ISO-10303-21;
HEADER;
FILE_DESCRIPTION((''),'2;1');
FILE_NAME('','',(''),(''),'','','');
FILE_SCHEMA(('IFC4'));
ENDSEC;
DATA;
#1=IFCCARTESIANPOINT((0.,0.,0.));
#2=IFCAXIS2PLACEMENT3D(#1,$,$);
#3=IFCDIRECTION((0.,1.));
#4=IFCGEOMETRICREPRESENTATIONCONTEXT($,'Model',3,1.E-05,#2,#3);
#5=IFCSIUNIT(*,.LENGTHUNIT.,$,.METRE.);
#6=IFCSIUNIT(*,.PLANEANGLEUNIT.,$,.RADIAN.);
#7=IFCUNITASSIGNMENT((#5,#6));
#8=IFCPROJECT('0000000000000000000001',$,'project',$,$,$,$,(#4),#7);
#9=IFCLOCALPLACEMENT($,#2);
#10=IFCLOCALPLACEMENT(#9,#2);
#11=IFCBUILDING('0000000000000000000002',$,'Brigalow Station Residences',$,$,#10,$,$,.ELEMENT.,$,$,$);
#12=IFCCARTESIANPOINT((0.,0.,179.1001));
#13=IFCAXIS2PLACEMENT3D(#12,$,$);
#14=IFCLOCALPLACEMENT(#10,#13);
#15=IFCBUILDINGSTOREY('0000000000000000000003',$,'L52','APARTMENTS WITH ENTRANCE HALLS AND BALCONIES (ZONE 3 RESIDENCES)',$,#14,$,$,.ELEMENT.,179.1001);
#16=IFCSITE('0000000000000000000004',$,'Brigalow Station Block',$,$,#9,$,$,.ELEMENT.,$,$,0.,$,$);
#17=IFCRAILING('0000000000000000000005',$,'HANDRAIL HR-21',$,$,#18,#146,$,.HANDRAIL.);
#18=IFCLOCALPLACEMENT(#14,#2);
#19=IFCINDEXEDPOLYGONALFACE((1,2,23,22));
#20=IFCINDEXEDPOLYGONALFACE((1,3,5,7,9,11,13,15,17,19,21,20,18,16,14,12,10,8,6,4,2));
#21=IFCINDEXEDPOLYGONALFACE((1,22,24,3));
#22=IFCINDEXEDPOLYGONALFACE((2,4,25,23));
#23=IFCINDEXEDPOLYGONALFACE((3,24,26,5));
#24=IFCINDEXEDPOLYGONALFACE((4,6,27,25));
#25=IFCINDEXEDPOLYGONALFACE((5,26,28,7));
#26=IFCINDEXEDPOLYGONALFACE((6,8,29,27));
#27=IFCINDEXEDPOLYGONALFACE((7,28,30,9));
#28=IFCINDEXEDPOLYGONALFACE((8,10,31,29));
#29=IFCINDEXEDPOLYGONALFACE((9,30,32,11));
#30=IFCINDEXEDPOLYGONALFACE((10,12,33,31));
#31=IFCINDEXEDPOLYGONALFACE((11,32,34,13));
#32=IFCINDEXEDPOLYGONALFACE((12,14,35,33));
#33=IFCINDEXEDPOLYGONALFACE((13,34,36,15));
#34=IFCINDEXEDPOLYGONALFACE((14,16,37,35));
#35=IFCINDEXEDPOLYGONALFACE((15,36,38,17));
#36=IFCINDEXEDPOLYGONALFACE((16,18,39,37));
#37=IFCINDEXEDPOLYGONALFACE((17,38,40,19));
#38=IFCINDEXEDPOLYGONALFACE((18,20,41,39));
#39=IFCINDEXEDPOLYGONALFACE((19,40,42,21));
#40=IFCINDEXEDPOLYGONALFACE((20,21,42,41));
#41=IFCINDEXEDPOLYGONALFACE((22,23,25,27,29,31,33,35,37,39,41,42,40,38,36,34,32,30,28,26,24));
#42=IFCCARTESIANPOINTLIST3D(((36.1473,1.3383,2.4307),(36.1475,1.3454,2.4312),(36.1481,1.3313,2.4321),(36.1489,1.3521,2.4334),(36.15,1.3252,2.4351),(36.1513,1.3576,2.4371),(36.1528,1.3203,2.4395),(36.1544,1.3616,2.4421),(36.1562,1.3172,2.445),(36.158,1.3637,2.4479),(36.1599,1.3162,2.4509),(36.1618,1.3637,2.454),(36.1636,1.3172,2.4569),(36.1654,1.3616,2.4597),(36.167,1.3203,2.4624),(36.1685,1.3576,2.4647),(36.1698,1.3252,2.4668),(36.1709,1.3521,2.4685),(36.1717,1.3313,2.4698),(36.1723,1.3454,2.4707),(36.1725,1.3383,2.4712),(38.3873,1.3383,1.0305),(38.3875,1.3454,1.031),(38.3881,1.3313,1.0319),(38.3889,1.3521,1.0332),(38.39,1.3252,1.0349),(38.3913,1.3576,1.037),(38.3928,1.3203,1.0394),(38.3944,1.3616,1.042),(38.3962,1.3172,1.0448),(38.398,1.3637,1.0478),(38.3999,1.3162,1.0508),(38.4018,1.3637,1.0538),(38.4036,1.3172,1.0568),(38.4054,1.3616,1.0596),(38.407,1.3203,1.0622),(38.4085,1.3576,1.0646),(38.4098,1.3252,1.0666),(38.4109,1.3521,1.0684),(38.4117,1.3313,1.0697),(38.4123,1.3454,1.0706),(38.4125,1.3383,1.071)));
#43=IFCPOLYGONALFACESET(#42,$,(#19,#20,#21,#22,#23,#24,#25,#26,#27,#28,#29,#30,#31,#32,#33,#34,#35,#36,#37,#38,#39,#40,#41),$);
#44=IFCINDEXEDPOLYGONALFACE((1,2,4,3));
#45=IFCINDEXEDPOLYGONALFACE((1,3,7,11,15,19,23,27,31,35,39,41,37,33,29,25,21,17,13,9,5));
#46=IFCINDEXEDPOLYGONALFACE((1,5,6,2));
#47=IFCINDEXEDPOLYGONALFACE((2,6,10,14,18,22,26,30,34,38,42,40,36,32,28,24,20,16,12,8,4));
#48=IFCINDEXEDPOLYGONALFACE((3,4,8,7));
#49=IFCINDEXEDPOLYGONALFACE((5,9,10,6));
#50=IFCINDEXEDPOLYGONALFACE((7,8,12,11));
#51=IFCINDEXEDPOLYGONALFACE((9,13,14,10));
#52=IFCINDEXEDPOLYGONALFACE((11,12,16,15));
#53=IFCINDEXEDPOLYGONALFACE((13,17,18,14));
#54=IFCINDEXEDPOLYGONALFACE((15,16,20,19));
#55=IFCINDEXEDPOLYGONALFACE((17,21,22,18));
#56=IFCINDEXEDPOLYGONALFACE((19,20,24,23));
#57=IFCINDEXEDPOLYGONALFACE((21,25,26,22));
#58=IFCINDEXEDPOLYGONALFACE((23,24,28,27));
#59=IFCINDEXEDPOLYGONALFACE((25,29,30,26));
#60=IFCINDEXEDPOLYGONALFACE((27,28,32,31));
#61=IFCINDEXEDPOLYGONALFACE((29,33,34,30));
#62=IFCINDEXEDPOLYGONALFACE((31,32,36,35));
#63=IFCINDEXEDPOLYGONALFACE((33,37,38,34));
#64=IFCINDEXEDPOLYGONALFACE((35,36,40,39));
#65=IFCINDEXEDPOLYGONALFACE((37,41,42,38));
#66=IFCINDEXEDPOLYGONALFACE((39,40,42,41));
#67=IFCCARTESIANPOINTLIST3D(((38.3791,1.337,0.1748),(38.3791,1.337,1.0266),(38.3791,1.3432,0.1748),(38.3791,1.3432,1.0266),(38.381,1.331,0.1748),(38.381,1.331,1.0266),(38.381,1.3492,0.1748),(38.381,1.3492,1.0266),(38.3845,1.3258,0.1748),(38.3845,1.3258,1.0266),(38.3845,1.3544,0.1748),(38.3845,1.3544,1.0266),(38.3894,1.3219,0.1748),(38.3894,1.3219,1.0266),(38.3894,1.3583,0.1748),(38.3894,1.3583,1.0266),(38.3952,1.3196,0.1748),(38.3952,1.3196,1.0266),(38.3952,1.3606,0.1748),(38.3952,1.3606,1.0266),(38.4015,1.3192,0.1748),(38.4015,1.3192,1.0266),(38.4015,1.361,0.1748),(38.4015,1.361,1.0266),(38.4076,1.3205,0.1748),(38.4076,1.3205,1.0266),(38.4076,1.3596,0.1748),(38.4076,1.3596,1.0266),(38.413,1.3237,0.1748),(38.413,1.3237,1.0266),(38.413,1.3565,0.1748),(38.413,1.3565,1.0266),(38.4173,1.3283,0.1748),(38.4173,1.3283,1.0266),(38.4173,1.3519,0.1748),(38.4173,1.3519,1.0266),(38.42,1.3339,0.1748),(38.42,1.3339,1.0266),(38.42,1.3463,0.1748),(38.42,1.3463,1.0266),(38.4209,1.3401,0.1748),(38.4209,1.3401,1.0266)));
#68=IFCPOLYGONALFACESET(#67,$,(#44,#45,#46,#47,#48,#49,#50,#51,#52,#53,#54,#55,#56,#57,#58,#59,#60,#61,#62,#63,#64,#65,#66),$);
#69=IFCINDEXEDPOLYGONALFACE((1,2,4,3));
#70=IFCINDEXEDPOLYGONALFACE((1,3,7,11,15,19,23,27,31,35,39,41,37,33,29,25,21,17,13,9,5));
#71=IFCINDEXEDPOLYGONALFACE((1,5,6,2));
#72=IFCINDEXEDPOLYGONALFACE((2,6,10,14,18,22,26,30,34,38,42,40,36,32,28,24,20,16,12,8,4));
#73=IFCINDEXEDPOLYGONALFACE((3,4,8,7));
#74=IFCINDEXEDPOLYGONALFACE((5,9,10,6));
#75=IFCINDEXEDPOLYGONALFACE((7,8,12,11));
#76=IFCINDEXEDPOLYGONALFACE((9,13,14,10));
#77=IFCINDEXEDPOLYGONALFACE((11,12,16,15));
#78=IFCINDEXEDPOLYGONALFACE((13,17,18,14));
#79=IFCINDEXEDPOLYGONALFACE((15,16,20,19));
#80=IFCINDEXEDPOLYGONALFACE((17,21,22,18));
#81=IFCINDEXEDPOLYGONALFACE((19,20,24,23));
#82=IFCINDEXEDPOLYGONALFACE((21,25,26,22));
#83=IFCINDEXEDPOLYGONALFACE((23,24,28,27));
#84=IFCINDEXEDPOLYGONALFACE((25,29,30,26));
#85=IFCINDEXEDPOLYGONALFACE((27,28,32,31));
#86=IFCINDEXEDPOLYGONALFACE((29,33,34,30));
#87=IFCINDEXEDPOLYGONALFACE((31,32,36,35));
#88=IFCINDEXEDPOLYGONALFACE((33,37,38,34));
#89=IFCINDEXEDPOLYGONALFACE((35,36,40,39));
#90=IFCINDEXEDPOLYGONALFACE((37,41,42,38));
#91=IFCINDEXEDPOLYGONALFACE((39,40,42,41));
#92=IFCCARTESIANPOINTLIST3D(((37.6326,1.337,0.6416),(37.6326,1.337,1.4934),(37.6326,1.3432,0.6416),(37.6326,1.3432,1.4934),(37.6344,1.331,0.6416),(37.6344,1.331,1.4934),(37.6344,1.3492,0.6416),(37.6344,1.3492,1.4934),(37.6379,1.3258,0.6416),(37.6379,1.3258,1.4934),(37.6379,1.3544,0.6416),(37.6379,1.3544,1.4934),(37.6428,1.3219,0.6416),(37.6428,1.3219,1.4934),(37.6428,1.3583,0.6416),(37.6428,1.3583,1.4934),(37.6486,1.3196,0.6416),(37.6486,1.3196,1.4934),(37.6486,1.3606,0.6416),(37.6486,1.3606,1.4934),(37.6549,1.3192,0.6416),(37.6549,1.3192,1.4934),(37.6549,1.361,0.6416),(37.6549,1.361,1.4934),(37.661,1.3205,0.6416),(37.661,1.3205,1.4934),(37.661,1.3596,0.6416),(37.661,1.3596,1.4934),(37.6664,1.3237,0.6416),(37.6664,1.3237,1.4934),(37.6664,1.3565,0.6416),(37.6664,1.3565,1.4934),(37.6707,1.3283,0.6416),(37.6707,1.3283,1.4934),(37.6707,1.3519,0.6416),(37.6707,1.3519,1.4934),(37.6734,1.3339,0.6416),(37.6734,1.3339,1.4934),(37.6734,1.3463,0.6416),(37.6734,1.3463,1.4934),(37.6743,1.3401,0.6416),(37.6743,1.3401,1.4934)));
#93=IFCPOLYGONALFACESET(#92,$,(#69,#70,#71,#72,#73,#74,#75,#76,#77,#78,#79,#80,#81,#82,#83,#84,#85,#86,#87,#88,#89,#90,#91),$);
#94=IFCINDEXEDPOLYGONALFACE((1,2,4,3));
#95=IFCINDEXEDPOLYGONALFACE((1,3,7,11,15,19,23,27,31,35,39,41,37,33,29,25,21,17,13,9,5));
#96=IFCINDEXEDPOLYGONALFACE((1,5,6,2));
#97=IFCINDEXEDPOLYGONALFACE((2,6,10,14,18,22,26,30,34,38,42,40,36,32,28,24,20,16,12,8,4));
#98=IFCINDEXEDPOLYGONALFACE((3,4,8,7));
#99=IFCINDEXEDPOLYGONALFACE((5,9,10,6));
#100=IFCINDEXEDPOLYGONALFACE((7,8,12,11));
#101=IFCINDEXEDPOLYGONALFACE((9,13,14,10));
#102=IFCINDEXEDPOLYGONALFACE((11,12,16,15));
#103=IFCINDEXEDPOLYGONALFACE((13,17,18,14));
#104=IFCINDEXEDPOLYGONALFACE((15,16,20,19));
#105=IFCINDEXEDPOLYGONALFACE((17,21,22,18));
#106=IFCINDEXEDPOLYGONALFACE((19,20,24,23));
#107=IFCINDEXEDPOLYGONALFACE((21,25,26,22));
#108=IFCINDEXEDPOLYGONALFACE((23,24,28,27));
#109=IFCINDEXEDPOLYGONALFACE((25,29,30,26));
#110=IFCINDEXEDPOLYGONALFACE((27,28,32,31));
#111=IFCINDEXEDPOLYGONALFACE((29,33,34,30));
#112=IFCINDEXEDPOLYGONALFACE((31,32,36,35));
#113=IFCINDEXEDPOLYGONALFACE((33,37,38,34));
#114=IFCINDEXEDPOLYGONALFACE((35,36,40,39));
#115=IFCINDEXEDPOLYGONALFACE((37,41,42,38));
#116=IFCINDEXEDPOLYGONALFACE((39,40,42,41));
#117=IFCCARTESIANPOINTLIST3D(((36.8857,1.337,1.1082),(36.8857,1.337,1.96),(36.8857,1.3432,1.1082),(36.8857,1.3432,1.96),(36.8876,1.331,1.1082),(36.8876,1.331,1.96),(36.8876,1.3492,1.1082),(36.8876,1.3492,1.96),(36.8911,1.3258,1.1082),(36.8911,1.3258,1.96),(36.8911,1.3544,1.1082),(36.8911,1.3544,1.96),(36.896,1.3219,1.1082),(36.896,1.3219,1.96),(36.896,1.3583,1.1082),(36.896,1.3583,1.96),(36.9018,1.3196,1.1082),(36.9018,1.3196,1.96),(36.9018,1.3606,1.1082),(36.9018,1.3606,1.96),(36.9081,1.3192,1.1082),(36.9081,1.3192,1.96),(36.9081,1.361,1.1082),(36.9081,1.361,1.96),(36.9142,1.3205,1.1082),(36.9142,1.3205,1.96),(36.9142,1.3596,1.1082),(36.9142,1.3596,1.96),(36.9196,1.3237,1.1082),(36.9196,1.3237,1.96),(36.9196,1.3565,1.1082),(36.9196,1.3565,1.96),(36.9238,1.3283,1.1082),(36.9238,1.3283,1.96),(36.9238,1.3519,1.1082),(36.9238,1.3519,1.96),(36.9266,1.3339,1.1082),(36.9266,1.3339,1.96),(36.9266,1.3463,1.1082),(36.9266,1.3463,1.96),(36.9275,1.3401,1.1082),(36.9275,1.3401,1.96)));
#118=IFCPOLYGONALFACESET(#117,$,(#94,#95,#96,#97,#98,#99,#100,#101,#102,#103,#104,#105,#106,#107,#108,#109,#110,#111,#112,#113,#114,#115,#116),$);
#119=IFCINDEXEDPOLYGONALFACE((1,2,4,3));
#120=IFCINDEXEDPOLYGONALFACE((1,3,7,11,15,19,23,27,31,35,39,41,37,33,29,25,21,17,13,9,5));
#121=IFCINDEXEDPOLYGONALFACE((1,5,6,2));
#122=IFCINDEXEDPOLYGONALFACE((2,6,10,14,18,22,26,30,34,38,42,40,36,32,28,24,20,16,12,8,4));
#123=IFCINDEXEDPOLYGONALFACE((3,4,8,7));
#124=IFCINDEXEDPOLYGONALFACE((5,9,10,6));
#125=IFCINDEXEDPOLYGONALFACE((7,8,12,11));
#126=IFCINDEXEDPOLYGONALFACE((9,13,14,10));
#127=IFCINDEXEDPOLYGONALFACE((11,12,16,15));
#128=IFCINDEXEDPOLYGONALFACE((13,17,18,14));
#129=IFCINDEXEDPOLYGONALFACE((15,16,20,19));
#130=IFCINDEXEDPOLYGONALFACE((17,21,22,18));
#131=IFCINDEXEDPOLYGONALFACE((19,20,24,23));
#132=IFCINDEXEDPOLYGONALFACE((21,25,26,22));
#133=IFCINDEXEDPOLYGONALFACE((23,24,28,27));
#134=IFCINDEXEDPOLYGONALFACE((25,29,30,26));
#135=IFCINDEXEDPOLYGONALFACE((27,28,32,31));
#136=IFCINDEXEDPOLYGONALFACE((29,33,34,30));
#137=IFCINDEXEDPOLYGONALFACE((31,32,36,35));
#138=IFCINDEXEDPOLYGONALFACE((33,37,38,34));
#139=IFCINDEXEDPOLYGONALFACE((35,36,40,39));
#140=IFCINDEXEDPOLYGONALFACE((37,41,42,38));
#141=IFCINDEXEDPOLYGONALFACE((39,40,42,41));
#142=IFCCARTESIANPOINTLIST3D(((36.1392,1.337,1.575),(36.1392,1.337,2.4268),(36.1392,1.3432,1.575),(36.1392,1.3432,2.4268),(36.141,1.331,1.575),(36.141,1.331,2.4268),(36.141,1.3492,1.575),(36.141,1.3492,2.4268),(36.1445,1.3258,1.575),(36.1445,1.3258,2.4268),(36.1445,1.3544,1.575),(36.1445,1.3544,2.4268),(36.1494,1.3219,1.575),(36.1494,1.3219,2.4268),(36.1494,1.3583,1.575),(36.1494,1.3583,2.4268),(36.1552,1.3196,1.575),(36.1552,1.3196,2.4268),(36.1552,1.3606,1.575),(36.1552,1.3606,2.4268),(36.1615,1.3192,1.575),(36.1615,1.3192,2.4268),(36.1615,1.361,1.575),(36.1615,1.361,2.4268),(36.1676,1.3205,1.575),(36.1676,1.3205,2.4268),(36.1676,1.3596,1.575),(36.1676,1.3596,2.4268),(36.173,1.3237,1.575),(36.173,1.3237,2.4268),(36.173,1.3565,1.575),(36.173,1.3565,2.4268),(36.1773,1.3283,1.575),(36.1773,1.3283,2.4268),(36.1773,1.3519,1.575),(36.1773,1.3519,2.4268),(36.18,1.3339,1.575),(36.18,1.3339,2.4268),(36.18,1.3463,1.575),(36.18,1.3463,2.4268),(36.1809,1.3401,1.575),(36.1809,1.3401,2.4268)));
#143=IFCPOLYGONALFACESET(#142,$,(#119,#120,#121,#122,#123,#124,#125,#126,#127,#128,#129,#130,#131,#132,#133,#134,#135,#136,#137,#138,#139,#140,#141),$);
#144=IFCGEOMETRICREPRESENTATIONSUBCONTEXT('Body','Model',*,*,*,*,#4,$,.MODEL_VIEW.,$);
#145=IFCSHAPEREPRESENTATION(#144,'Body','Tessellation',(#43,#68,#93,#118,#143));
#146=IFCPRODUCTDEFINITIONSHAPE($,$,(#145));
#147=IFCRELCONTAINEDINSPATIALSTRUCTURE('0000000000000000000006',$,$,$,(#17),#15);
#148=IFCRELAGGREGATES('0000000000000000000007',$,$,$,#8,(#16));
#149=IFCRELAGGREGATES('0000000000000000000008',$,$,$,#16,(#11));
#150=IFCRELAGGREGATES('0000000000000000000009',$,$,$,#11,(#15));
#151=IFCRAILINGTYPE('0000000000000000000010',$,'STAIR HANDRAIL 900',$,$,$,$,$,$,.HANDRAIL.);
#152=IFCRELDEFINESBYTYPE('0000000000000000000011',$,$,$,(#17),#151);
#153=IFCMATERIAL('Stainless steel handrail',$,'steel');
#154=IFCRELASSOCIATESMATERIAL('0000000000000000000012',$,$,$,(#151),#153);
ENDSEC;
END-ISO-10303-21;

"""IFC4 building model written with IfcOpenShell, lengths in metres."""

from ifc_helpers import new_model, si_unit, direction, frame, origin, origin_2d, place, context, subcontext, project, spatial, circle, extrude, material, type_object, element, save


model = new_model("IFC4")

# Units and contexts
model_context = context("Model", 3, precision=1e-05, world=origin(), true_north=direction((0.0, 1.0)))
body_context = subcontext(model_context, "Body", "Model", "MODEL_VIEW")
ifc_project = project(units=[si_unit("LENGTHUNIT", "METRE"), si_unit("PLANEANGLEUNIT", "RADIAN")], contexts=[model_context])

# Site, building, storey
site_placement = place(None, origin())
site = spatial("IfcSite", under=ifc_project, at=site_placement, Name="Brigalow Station Block", CompositionType="ELEMENT", RefElevation=0.0)
building_placement = place(site_placement, origin())
building = spatial("IfcBuilding", under=site, at=building_placement, Name="Brigalow Station Residences", CompositionType="ELEMENT")
storey_placement = place(building_placement, frame((0.0, 0.0, 179.1001)))
storey = spatial("IfcBuildingStorey", under=building, at=storey_placement, Name="L52", Description="APARTMENTS WITH ENTRANCE HALLS AND BALCONIES (ZONE 3 RESIDENCES)", CompositionType="ELEMENT", Elevation=179.1001)

# Railing
ifc_material_1 = material(Name="Stainless steel handrail", Category="steel")
railing_type_1 = type_object("IfcRailingType", Name="STAIR HANDRAIL 900", PredefinedType="HANDRAIL", material=ifc_material_1)
railing_1_placement = place(storey_placement, frame((38.3999, 1.3401, 0.1748)))
element("IfcRailing", 1, at=railing_1_placement, inside=storey, type_object=railing_type_1, Name="HANDRAIL HR-21", PredefinedType="HANDRAIL", context=body_context, shape_type="SweptSolid", body=[
    extrude(circle(Radius=0.0239, at=origin_2d()), frame((0.0, 0.0, 0.876), z_axis=(-0.847972, 0.0, 0.53004), x_axis=(0.0, -1.0, 0.0)), (0.0, 0.0, 1.0), 2.6416),
    extrude(circle(Radius=0.021, at=origin_2d()), origin(), (0.0, 0.0, 1.0), 0.8518),
    extrude(circle(Radius=0.021, at=origin_2d()), frame((-0.7466, 0.0, 0.4668)), (0.0, 0.0, 1.0), 0.8518),
    extrude(circle(Radius=0.021, at=origin_2d()), frame((-1.4934, 0.0, 0.9333)), (0.0, 0.0, 1.0), 0.8518),
    extrude(circle(Radius=0.021, at=origin_2d()), frame((-2.24, 0.0, 1.4001)), (0.0, 0.0, 1.0), 0.8518),
])

save(model, "model.ifc")
